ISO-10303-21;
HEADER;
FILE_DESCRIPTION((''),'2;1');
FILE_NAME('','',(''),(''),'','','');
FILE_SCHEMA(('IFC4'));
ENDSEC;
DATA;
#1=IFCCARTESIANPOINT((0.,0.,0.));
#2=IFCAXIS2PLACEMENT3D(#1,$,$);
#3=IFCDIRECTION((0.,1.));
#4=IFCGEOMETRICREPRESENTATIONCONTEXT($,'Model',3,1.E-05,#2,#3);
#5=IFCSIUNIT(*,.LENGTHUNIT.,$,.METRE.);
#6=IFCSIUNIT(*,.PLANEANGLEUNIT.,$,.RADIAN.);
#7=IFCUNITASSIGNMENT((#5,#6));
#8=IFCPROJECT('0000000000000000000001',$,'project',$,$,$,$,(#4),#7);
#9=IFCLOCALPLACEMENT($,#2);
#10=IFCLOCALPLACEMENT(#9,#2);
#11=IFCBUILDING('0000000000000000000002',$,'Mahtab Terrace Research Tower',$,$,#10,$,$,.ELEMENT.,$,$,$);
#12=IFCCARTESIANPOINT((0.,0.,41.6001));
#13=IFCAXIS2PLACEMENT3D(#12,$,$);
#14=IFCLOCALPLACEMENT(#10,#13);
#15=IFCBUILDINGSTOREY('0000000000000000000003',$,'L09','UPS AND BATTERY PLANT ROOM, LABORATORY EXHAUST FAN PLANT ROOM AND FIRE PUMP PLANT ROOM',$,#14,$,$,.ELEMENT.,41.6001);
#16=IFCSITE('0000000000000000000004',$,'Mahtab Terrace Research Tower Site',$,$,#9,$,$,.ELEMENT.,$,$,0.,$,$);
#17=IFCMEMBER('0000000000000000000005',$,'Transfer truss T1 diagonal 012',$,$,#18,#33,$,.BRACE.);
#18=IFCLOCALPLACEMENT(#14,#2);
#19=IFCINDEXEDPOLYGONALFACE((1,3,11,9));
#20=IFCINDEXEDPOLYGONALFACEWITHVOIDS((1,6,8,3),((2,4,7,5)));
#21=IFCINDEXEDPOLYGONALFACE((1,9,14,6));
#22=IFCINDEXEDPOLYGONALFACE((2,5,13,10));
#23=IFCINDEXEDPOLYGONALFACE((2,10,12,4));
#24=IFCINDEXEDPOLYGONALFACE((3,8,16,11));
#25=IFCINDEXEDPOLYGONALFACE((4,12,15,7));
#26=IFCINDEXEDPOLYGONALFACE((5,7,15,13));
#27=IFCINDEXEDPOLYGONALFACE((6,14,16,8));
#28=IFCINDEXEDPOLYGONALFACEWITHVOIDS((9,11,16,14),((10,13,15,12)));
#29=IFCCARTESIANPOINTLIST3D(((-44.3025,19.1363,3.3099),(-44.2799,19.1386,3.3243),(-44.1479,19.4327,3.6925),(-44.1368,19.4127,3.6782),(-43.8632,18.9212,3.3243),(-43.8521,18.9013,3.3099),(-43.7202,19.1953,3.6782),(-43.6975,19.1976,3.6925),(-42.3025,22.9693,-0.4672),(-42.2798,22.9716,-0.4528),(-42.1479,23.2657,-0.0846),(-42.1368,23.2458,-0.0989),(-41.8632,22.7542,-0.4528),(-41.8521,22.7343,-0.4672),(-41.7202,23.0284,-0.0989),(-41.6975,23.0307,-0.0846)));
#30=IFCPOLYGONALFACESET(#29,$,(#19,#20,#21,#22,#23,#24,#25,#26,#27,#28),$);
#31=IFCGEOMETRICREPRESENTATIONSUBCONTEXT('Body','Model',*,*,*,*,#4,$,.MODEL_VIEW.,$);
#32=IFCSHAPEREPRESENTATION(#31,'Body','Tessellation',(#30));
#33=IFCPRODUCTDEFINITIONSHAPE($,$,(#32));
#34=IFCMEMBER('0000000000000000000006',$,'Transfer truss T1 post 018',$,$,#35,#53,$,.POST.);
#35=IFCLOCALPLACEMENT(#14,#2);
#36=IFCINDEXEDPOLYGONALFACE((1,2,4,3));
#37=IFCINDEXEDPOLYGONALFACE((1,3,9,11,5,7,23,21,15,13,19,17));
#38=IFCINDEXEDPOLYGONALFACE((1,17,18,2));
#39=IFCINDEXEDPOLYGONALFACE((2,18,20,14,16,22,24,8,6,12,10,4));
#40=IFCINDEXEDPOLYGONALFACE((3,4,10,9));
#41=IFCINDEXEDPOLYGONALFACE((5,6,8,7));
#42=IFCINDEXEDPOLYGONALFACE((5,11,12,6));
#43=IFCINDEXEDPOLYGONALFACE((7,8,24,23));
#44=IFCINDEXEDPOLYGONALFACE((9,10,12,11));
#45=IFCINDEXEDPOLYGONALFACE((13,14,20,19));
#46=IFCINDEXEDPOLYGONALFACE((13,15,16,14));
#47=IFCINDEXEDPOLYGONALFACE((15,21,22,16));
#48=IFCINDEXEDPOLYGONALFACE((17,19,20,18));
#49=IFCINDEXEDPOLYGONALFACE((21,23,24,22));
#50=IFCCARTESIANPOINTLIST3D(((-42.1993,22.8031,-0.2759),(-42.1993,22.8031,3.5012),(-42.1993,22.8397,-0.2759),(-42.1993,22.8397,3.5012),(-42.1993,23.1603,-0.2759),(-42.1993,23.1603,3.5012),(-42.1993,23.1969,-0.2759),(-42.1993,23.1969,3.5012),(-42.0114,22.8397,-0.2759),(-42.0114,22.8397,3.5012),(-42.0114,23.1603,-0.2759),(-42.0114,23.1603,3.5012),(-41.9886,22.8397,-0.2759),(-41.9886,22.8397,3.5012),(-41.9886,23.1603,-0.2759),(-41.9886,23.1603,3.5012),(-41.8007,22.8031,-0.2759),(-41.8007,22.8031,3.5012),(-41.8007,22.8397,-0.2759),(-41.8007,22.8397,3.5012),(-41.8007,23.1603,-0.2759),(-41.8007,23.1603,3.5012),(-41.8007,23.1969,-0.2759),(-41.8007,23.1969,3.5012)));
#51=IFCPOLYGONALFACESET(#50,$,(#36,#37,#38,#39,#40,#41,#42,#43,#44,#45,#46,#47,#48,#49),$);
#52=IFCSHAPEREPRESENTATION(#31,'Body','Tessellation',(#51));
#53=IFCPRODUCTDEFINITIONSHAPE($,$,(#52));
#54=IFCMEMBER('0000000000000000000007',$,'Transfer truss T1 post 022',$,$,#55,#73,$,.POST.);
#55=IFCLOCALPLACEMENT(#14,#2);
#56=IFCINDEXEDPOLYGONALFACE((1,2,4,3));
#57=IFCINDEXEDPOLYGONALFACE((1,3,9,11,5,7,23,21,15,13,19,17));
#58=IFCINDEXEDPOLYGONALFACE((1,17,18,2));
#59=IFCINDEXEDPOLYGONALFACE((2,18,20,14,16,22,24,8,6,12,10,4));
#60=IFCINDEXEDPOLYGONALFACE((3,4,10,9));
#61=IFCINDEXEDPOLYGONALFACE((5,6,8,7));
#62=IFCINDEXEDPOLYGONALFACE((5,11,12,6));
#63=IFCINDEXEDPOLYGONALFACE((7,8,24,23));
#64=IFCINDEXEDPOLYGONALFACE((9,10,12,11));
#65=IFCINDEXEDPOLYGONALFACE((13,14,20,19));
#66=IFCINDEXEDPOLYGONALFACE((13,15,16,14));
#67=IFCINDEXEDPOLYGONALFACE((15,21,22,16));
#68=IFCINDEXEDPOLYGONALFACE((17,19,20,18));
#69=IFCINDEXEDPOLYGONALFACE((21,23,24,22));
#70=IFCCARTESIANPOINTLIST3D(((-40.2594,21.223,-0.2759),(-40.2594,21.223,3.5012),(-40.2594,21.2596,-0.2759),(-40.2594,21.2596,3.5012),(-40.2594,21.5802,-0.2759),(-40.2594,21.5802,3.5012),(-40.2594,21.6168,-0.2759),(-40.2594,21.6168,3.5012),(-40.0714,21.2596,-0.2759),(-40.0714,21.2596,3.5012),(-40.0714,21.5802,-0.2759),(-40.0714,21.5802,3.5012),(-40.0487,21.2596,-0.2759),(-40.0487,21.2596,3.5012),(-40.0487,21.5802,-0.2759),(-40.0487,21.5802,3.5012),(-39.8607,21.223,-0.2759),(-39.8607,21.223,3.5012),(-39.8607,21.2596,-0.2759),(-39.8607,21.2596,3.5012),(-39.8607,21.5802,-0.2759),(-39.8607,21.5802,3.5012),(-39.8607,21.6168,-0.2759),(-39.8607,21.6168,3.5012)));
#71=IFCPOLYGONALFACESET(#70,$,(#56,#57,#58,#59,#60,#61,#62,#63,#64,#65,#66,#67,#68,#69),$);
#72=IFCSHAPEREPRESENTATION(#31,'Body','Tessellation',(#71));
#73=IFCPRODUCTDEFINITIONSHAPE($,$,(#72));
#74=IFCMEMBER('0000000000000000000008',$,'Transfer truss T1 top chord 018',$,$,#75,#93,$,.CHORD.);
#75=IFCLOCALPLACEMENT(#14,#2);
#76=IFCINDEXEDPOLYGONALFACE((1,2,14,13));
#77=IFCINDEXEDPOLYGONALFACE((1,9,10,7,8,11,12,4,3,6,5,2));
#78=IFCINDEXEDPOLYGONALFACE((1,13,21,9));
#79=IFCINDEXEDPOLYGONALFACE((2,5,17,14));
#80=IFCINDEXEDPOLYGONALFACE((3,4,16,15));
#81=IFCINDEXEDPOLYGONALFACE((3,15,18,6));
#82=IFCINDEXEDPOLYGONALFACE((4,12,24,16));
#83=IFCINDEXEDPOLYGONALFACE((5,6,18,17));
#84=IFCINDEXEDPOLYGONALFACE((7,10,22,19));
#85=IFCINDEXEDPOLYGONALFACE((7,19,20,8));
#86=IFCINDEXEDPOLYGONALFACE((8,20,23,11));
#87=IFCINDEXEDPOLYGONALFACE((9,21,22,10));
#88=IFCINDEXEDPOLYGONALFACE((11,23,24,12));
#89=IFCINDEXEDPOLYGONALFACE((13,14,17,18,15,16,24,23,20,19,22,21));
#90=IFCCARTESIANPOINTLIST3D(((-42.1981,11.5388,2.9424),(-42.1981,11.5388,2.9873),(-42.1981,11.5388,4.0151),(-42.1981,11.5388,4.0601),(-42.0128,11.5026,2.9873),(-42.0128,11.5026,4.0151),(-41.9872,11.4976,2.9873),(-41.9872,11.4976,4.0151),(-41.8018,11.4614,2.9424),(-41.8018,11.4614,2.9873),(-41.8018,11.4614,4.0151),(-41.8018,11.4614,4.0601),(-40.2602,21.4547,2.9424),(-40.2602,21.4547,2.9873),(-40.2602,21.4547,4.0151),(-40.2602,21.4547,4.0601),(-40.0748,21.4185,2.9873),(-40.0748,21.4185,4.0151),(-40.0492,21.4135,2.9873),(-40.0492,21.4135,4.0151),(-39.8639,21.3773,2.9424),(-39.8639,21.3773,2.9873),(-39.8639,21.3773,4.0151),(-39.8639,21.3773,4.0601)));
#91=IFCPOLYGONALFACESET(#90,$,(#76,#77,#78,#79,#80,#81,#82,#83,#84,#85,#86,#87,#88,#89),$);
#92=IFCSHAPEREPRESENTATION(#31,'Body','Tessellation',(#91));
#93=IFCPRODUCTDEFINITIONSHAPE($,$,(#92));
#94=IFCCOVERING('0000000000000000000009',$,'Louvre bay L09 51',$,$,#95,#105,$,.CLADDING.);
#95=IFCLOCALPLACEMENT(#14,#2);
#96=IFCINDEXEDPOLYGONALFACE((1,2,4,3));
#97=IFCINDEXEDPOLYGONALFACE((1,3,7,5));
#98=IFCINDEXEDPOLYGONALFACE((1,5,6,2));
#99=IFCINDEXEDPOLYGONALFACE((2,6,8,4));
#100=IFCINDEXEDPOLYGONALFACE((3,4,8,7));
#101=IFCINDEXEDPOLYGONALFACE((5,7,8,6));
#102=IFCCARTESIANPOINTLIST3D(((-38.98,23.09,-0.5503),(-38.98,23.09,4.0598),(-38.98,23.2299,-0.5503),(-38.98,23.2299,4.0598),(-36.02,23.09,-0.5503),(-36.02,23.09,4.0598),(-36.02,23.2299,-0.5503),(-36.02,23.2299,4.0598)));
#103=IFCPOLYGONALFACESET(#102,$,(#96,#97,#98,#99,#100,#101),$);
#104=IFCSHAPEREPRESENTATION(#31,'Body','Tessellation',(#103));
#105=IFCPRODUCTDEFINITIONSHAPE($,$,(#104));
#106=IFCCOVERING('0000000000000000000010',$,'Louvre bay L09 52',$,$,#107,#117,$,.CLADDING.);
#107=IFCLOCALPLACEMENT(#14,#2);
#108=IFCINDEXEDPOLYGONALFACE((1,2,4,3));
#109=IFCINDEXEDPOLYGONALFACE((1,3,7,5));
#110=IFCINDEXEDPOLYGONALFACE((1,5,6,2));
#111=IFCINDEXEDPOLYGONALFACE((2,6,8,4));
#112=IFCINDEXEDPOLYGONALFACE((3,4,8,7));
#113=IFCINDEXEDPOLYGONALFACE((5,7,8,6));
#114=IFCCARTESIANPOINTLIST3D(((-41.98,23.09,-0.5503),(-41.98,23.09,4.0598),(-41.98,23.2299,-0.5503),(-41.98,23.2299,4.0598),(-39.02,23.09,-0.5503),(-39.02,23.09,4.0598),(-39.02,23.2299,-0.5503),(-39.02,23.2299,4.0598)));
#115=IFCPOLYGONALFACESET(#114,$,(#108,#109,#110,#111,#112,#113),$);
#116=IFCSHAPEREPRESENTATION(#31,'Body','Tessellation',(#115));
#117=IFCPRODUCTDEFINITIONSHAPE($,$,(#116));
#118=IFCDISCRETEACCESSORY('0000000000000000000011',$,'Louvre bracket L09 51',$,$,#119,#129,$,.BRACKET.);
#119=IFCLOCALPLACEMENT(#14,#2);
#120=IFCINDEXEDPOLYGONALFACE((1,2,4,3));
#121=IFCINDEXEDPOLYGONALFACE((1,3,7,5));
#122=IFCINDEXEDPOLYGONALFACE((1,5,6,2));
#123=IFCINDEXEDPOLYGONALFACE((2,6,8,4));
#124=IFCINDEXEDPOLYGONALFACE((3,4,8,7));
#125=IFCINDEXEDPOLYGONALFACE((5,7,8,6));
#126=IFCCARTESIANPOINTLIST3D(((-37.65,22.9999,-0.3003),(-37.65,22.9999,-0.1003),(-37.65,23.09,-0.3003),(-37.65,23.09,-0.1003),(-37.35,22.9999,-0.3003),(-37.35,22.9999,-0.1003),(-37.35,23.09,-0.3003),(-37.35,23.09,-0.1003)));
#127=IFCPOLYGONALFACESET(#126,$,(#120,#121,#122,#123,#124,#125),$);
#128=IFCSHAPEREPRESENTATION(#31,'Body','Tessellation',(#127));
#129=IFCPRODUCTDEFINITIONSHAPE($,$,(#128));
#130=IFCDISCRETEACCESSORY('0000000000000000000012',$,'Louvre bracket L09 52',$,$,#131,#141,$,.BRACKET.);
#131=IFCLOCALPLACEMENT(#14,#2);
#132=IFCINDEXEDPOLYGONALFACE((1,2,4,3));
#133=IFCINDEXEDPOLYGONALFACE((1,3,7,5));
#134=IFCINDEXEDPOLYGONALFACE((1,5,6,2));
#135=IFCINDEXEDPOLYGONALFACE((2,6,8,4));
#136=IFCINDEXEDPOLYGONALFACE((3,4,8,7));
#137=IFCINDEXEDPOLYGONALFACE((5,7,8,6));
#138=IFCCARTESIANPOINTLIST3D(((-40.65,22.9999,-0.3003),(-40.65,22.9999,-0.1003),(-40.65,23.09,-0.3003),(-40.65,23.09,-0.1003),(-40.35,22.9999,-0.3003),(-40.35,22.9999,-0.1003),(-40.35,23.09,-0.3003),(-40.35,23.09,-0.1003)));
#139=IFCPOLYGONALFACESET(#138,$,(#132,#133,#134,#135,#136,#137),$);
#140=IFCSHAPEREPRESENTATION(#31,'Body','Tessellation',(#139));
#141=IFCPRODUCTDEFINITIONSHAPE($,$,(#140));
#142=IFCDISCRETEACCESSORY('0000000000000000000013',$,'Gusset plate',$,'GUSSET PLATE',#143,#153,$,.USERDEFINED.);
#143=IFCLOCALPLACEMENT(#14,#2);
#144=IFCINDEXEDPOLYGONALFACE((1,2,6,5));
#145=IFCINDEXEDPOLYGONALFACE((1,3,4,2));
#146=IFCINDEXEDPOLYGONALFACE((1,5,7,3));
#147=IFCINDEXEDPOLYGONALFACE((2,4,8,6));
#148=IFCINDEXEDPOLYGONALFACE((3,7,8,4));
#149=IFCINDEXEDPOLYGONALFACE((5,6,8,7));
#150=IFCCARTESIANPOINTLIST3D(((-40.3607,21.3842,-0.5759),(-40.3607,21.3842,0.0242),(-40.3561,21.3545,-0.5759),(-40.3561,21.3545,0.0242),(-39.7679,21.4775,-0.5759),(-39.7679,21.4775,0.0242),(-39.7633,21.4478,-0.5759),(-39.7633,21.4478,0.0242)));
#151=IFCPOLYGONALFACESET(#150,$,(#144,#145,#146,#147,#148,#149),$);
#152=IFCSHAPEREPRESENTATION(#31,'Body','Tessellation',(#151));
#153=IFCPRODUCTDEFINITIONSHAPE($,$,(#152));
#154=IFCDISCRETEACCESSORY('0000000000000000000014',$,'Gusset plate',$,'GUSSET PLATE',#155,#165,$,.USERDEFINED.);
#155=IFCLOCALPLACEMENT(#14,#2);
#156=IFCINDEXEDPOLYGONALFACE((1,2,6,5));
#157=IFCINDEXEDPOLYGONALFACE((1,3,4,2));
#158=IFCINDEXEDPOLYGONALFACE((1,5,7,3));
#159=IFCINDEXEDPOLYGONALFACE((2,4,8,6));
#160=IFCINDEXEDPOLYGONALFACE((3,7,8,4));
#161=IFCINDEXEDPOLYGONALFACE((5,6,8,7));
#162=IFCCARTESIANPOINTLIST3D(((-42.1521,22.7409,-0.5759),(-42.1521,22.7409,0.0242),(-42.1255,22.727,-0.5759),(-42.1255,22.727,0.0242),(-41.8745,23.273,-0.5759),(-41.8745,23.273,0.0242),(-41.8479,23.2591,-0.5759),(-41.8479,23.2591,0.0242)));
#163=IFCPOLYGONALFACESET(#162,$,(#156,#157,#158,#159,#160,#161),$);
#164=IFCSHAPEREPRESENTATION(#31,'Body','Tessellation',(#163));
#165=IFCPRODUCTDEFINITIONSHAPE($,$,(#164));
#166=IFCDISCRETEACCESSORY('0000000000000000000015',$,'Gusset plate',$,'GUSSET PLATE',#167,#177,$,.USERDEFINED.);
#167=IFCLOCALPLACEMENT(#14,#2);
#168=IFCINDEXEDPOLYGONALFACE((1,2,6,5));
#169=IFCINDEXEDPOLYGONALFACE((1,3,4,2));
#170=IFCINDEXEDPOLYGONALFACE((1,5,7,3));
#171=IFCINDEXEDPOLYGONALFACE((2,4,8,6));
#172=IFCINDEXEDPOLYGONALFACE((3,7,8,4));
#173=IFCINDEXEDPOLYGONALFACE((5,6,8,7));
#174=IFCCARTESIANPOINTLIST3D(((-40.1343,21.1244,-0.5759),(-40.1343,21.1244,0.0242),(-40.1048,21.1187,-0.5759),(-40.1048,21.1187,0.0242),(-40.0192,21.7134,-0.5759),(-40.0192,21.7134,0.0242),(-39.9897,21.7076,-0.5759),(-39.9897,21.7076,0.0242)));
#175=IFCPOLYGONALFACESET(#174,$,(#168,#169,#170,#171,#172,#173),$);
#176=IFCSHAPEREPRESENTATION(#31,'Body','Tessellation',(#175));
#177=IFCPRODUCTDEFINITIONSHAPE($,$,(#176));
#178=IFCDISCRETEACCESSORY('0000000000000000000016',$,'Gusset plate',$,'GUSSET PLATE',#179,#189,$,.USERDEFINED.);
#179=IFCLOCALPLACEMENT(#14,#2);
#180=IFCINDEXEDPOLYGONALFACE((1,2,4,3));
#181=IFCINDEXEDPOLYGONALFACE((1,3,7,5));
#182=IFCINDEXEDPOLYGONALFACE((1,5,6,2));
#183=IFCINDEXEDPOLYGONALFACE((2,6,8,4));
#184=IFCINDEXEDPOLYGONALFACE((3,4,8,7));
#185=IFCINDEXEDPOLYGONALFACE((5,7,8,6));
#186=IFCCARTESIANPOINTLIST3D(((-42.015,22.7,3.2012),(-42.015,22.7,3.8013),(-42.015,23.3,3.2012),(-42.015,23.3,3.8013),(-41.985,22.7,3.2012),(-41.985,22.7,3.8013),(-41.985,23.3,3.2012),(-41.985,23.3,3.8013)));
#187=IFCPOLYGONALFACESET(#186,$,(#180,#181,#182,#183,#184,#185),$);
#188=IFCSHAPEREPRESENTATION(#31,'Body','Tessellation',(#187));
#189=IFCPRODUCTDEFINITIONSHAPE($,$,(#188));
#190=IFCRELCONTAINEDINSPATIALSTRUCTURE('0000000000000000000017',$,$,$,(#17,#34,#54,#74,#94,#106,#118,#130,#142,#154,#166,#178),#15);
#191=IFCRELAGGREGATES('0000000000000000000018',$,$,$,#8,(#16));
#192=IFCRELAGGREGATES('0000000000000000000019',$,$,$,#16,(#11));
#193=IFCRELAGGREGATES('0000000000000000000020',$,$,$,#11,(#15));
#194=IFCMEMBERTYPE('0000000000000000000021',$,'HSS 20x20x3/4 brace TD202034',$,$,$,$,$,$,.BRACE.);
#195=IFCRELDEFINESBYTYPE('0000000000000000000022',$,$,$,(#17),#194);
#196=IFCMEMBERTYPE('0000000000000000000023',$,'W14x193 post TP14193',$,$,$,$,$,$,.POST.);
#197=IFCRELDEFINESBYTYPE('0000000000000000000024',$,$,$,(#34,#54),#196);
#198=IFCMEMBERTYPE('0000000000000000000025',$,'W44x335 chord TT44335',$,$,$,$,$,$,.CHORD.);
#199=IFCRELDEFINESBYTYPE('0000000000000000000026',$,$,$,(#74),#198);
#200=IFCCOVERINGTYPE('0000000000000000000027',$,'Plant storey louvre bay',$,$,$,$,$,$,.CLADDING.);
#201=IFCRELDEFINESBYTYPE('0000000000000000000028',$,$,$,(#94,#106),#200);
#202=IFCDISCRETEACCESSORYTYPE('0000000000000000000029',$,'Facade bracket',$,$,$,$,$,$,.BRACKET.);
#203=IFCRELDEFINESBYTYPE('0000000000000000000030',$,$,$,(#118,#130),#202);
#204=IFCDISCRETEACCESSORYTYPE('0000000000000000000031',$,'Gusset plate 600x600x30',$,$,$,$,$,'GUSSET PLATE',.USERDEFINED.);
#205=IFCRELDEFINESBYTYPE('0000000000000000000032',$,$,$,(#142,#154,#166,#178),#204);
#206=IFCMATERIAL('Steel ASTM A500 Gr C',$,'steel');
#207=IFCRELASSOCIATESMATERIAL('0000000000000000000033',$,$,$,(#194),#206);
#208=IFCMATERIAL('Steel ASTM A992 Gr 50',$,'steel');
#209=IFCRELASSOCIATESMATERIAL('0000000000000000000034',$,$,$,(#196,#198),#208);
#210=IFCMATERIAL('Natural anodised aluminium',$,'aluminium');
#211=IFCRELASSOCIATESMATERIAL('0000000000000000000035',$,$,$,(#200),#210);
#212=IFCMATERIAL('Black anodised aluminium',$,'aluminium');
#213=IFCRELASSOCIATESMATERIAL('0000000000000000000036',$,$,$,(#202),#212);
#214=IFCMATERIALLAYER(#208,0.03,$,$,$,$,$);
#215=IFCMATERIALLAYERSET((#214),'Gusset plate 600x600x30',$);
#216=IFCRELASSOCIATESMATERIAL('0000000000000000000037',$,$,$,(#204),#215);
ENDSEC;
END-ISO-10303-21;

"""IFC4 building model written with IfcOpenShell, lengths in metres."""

from ifc_helpers import new_model, si_unit, direction, frame, origin, origin_2d, place, context, subcontext, project, spatial, rectangle, hollow_rectangle, i_section, extrude, material, layer, layer_set, material_profile, profile_set, type_object, element, save


model = new_model("IFC4")

# Units and contexts
model_context = context("Model", 3, precision=1e-05, world=origin(), true_north=direction((0.0, 1.0)))
body_context = subcontext(model_context, "Body", "Model", "MODEL_VIEW")
ifc_project = project(units=[si_unit("LENGTHUNIT", "METRE"), si_unit("PLANEANGLEUNIT", "RADIAN")], contexts=[model_context])

# Site, building, storey
site_placement = place(None, origin())
site = spatial("IfcSite", under=ifc_project, at=site_placement, Name="Mahtab Terrace Research Tower Site", CompositionType="ELEMENT", RefElevation=0.0)
building_placement = place(site_placement, origin())
building = spatial("IfcBuilding", under=site, at=building_placement, Name="Mahtab Terrace Research Tower", CompositionType="ELEMENT")
storey_placement = place(building_placement, frame((0.0, 0.0, 41.6001)))
storey = spatial("IfcBuildingStorey", under=building, at=storey_placement, Name="L09", Description="UPS AND BATTERY PLANT ROOM, LABORATORY EXHAUST FAN PLANT ROOM AND FIRE PUMP PLANT ROOM", CompositionType="ELEMENT", Elevation=41.6001)

# Members
ifc_material_1 = material(Name="Steel ASTM A500 Gr C", Category="steel")
ifc_material_profile_1 = material_profile(ifc_material_1, hollow_rectangle(XDim=0.5081, YDim=0.5081, WallThickness=0.019, at=origin_2d()), Name="HSS20X20X3/4")
ifc_profile_set_1 = profile_set([ifc_material_profile_1], Name="Steel ASTM A500 Gr C")
member_type_1 = type_object("IfcMemberType", Name="HSS 20x20x3/4 brace TD202034", PredefinedType="BRACE", material=ifc_profile_set_1)
member_1_placement = place(storey_placement, frame((-42.0, 23.0, -0.2759), z_axis=(-0.348375, -0.667662, 0.657923), x_axis=(0.886569, -0.462597, 0.0)))
element("IfcMember", 1, at=member_1_placement, inside=storey, type_object=member_type_1, Name="Transfer truss T1 diagonal 012", PredefinedType="BRACE", context=body_context, shape_type="SweptSolid", body=[
    extrude(hollow_rectangle(XDim=0.5081, YDim=0.5081, WallThickness=0.019, at=origin_2d()), origin(), (0.0, 0.0, 1.0), 5.741),
])
ifc_material_2 = material(Name="Steel ASTM A992 Gr 50", Category="steel")
ifc_material_profile_2 = material_profile(ifc_material_2, i_section(OverallWidth=0.3987, OverallDepth=0.3938, WebThickness=0.0227, FlangeThickness=0.0366, at=origin_2d()), Name="W14X193")
ifc_profile_set_2 = profile_set([ifc_material_profile_2], Name="Steel ASTM A992 Gr 50")
member_type_2 = type_object("IfcMemberType", Name="W14x193 post TP14193", PredefinedType="POST", material=ifc_profile_set_2)
for number, where, z_axis, x_axis, name in (
    (2, (-42.0, 23.0, -0.2759), (0.0, 0.0, 1.0), (1.0, 0.0, 0.0), "Transfer truss T1 post 018"),
    (3, (-40.0601, 21.4199, -0.2759), (0.0, 0.0, 1.0), (1.0, 0.0, 0.0), "Transfer truss T1 post 022"),
):
    element("IfcMember", number, at=place(storey_placement, frame(where, z_axis=z_axis, x_axis=x_axis)), inside=storey, type_object=member_type_2, Name=name, PredefinedType="POST", context=body_context, shape_type="SweptSolid", body=[
        extrude(i_section(OverallWidth=0.3987, OverallDepth=0.3938, WebThickness=0.0227, FlangeThickness=0.0366, at=origin_2d()), origin(), (0.0, 0.0, 1.0), 3.7771),
    ])
ifc_material_profile_3 = material_profile(ifc_material_2, i_section(OverallWidth=0.4038, OverallDepth=1.1177, WebThickness=0.0261, FlangeThickness=0.0449, at=origin_2d()), Name="W44X335")
ifc_profile_set_3 = profile_set([ifc_material_profile_3], Name="Steel ASTM A992 Gr 50")
member_type_3 = type_object("IfcMemberType", Name="W44x335 chord TT44335", PredefinedType="CHORD", material=ifc_profile_set_3)
member_2_placement = place(storey_placement, frame((-40.062, 21.416, 3.5012), z_axis=(-0.191811, -0.981432, 0.0), x_axis=(0.981432, -0.191811, 0.0)))
element("IfcMember", 4, at=member_2_placement, inside=storey, type_object=member_type_3, Name="Transfer truss T1 top chord 018", PredefinedType="CHORD", context=body_context, shape_type="SweptSolid", body=[
    extrude(i_section(OverallWidth=0.4038, OverallDepth=1.1177, WebThickness=0.0261, FlangeThickness=0.0449, at=origin_2d()), origin(), (0.0, 0.0, 1.0), 10.1035),
])

# Coverings
ifc_material_3 = material(Name="Natural anodised aluminium", Category="aluminium")
covering_type = type_object("IfcCoveringType", Name="Plant storey louvre bay", PredefinedType="CLADDING", material=ifc_material_3)
for number, where, z_axis, x_axis, name in (
    (5, (-37.5, 23.1599, -0.5503), (0.0, 0.0, 1.0), (-1.0, 0.0, 0.0), "Louvre bay L09 51"),
    (6, (-40.5, 23.1599, -0.5503), (0.0, 0.0, 1.0), (-1.0, 0.0, 0.0), "Louvre bay L09 52"),
):
    element("IfcCovering", number, at=place(storey_placement, frame(where, z_axis=z_axis, x_axis=x_axis)), inside=storey, type_object=covering_type, Name=name, PredefinedType="CLADDING", context=body_context, shape_type="SweptSolid", body=[
        extrude(rectangle(XDim=2.96, YDim=0.1399, at=origin_2d()), origin(), (0.0, 0.0, 1.0), 4.6101),
    ])

# Discrete accessories
ifc_material_4 = material(Name="Black anodised aluminium", Category="aluminium")
discrete_accessory_type_1 = type_object("IfcDiscreteAccessoryType", Name="Facade bracket", PredefinedType="BRACKET", material=ifc_material_4)
for number, where, z_axis, x_axis, name in (
    (7, (-37.5, 23.0449, -0.3003), (0.0, 0.0, 1.0), (-1.0, 0.0, 0.0), "Louvre bracket L09 51"),
    (8, (-40.5, 23.0449, -0.3003), (0.0, 0.0, 1.0), (-1.0, 0.0, 0.0), "Louvre bracket L09 52"),
):
    element("IfcDiscreteAccessory", number, at=place(storey_placement, frame(where, z_axis=z_axis, x_axis=x_axis)), inside=storey, type_object=discrete_accessory_type_1, Name=name, PredefinedType="BRACKET", context=body_context, shape_type="SweptSolid", body=[
        extrude(rectangle(XDim=0.3, YDim=0.0901, at=origin_2d()), origin(), (0.0, 0.0, 1.0), 0.2),
    ])
ifc_layer = layer(ifc_material_2, 0.03)
ifc_layer_set = layer_set([ifc_layer], Name="Gusset plate 600x600x30")
discrete_accessory_type_2 = type_object("IfcDiscreteAccessoryType", Name="Gusset plate 600x600x30", ElementType="GUSSET PLATE", PredefinedType="USERDEFINED", material=ifc_layer_set)
for number, where, z_axis, x_axis, name in (
    (9, (-40.062, 21.416, -0.5759), (0.0, 0.0, 1.0), (0.987835, 0.155504, 0.0), "Gusset plate"),
    (10, (-42.0, 23.0, -0.5759), (0.0, 0.0, 1.0), (0.4626, 0.886567, 0.0), "Gusset plate"),
    (11, (-40.062, 21.416, -0.5759), (0.0, 0.0, 1.0), (0.19182, 0.98143, 0.0), "Gusset plate"),
    (12, (-42.0, 23.0, 3.2012), (0.0, 0.0, 1.0), (0.0, 1.0, 0.0), "Gusset plate"),
):
    element("IfcDiscreteAccessory", number, at=place(storey_placement, frame(where, z_axis=z_axis, x_axis=x_axis)), inside=storey, type_object=discrete_accessory_type_2, Name=name, ObjectType="GUSSET PLATE", PredefinedType="USERDEFINED", context=body_context, shape_type="SweptSolid", body=[
        extrude(rectangle(XDim=0.6001, YDim=0.03, at=origin_2d()), origin(), (0.0, 0.0, 1.0), 0.6001),
    ])

save(model, "model.ifc")
